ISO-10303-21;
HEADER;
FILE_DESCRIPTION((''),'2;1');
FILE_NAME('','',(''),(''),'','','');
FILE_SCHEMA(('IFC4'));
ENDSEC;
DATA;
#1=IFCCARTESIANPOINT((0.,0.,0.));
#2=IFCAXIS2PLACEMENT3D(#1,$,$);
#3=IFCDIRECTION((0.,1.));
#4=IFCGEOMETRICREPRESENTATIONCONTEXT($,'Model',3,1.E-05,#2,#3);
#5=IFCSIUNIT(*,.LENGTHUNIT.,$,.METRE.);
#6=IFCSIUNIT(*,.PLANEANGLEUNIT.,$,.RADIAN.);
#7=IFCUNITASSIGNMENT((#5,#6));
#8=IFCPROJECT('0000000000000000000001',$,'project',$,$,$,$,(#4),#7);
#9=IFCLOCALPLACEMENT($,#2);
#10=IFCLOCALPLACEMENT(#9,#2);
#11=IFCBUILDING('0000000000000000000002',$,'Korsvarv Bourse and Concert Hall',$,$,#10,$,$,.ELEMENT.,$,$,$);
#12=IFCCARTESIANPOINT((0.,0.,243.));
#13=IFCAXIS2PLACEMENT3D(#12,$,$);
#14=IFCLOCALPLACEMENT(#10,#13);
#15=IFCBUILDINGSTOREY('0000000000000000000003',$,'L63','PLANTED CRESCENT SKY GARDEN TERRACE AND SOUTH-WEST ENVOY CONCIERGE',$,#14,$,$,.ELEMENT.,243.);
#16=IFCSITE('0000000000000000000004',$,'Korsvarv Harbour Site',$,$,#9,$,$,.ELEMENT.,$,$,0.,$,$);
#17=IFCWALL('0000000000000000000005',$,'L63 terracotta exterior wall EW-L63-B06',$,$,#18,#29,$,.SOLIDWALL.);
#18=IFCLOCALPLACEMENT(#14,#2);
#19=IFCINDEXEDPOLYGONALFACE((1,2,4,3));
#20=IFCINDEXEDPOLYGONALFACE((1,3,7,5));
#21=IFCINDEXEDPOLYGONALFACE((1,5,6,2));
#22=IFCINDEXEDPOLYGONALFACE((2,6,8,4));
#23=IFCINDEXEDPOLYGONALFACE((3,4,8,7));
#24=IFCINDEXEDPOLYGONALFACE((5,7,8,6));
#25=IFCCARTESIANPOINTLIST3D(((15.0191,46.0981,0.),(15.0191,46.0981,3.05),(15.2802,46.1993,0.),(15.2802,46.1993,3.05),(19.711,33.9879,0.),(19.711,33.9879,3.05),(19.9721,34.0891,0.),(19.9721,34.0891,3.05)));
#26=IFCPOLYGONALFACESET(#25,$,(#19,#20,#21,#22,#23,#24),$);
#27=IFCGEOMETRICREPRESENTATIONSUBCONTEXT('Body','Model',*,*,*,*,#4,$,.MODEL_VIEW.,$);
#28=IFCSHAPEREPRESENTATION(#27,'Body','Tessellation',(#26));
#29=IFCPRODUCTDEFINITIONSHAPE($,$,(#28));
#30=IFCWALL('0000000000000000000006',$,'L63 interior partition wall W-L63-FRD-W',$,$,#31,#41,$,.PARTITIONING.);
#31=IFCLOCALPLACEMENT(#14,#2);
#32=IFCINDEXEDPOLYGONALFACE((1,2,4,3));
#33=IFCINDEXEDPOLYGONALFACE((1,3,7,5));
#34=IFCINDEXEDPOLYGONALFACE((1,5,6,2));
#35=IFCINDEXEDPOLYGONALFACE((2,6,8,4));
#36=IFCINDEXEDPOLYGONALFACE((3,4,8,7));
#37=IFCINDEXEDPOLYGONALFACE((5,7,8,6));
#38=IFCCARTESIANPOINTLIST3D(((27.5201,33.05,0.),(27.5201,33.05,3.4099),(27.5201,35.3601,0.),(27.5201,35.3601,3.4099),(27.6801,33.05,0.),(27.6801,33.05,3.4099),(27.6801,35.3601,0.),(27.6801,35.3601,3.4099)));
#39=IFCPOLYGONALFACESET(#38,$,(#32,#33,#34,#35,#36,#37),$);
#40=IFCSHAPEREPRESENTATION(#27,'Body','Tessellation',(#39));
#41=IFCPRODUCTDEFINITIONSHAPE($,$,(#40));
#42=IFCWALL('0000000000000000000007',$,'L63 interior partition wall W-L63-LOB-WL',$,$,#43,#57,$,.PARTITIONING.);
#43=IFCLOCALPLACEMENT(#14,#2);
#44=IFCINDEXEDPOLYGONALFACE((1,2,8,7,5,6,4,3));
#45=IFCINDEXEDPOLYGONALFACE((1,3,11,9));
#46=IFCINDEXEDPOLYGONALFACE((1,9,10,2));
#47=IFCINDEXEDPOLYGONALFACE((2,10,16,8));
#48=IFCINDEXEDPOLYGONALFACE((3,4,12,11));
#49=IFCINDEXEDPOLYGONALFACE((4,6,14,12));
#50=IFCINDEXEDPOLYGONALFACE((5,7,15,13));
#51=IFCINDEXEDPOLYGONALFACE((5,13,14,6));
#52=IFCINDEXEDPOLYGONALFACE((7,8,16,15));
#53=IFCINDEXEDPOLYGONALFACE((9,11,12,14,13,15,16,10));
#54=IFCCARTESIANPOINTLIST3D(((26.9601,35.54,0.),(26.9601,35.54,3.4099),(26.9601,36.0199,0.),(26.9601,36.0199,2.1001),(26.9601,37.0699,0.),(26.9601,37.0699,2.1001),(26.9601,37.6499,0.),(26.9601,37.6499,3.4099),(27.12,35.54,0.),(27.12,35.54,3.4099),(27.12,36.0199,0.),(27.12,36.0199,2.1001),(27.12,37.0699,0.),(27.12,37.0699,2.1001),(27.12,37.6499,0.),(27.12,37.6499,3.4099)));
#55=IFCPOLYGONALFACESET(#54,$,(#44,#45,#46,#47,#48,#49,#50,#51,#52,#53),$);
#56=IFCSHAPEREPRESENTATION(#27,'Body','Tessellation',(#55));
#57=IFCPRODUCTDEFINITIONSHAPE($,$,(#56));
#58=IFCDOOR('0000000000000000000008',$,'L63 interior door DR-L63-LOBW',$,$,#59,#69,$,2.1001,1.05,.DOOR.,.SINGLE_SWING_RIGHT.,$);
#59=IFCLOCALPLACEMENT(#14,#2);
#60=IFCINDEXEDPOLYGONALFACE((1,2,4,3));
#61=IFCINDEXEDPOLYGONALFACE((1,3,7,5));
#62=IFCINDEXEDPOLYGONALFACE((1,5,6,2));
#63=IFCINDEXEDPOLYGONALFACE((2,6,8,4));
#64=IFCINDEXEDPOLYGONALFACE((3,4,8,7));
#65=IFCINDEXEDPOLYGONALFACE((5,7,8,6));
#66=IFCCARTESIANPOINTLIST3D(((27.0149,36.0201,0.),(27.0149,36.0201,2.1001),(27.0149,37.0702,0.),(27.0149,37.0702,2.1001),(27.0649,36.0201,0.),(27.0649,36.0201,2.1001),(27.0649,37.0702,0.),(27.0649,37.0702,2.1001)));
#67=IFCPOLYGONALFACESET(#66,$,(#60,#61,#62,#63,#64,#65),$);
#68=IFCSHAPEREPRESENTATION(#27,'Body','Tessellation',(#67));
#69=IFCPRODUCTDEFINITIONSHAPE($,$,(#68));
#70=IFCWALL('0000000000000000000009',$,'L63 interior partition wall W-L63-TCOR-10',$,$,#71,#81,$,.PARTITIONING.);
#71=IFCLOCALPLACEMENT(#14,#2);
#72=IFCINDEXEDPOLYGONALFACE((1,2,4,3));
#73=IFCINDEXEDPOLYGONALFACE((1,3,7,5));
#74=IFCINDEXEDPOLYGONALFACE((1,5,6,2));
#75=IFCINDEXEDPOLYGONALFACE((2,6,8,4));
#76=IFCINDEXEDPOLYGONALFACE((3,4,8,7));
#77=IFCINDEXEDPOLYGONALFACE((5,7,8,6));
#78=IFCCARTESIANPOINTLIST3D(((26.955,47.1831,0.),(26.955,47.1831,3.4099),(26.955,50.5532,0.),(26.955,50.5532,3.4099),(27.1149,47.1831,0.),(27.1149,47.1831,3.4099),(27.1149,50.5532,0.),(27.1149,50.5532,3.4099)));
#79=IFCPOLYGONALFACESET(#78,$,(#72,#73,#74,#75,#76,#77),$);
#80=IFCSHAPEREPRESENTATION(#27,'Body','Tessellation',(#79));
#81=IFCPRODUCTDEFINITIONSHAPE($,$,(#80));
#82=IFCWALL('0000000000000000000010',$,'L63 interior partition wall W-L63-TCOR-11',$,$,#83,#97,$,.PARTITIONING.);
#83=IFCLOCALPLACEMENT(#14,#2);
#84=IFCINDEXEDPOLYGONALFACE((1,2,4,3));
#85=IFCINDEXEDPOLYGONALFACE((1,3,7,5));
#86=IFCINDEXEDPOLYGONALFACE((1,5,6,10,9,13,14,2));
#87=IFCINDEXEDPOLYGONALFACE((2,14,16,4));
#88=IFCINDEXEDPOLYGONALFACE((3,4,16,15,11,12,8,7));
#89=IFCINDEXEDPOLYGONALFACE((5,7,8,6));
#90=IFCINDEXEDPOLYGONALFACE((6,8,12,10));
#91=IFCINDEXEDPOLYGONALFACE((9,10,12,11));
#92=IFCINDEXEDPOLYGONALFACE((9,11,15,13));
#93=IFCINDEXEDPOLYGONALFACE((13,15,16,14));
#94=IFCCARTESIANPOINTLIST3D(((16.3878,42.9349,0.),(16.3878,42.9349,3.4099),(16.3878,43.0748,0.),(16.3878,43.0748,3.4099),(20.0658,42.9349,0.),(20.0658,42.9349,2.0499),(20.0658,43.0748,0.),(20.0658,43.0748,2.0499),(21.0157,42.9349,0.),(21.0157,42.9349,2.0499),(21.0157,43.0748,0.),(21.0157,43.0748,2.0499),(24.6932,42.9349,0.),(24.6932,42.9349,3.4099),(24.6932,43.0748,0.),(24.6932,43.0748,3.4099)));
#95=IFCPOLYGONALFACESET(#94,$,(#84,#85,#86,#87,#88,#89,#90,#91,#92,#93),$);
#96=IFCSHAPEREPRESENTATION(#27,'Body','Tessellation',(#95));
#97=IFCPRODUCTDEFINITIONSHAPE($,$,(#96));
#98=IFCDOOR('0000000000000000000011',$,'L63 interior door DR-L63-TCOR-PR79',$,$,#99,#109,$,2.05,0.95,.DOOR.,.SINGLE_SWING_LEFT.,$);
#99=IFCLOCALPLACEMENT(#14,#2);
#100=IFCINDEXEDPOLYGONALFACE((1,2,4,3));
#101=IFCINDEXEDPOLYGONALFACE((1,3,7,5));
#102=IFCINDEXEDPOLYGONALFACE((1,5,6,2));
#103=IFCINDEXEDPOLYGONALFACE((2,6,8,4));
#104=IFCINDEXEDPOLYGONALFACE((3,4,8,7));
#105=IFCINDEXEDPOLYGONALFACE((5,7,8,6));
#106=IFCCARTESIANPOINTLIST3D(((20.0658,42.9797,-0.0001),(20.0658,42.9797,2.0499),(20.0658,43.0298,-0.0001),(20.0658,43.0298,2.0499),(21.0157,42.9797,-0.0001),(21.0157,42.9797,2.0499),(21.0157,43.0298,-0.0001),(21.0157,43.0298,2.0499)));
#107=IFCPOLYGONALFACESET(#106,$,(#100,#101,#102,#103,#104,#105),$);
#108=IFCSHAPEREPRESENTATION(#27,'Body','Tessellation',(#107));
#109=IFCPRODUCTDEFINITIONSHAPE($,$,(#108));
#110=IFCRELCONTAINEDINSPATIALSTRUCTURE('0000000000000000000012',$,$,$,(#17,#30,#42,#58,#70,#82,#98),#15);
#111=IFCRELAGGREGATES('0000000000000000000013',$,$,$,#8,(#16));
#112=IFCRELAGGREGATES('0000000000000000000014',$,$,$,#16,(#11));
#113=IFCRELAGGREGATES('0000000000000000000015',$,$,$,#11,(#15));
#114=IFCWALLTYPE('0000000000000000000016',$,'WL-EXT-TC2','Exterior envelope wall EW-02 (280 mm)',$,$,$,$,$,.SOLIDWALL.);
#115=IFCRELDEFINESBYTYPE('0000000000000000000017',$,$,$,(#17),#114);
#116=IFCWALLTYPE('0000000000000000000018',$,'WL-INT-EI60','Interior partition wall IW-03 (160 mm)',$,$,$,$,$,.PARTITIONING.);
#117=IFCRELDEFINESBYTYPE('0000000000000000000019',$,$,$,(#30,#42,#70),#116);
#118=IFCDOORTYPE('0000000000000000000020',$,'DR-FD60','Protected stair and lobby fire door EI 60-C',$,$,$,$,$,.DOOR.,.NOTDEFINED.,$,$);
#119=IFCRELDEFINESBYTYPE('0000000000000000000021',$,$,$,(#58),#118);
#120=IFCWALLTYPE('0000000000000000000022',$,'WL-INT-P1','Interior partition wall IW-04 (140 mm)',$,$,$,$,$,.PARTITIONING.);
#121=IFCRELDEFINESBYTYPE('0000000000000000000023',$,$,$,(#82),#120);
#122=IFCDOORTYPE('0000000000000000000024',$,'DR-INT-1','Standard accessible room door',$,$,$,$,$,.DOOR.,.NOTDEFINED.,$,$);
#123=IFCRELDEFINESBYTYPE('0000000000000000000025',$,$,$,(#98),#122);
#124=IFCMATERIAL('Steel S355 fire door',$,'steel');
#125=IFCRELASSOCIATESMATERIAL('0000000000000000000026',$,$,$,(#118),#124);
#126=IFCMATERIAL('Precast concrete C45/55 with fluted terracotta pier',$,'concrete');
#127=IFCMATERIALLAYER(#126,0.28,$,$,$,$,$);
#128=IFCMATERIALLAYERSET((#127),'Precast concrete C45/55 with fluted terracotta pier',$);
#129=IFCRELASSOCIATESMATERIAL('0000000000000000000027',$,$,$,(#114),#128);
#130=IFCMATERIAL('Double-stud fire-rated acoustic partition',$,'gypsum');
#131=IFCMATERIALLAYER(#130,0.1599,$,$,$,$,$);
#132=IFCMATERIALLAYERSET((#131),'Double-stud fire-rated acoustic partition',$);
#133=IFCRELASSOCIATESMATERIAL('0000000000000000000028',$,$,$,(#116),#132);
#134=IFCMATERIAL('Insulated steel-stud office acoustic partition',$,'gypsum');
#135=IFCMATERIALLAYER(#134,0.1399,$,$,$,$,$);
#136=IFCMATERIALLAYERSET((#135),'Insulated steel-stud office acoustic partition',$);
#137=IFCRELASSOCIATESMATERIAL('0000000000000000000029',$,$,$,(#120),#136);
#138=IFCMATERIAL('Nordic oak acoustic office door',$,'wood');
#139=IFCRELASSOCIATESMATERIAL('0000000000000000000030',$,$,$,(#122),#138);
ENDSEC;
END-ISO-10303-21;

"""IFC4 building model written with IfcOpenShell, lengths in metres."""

from ifc_helpers import new_model, si_unit, direction, frame, frame_2d, origin, place, context, subcontext, project, spatial, rectangle, extrude, material, layer, layer_set, type_object, element, fill, save


model = new_model("IFC4")

# Units and contexts
model_context = context("Model", 3, precision=1e-05, world=origin(), true_north=direction((0.0, 1.0)))
body_context = subcontext(model_context, "Body", "Model", "MODEL_VIEW")
ifc_project = project(units=[si_unit("LENGTHUNIT", "METRE"), si_unit("PLANEANGLEUNIT", "RADIAN")], contexts=[model_context])

# Site, building, storey
site_placement = place(None, origin())
site = spatial("IfcSite", under=ifc_project, at=site_placement, Name="Korsvarv Harbour Site", CompositionType="ELEMENT", RefElevation=0.0)
building_placement = place(site_placement, origin())
building = spatial("IfcBuilding", under=site, at=building_placement, Name="Korsvarv Bourse and Concert Hall", CompositionType="ELEMENT")
storey_placement = place(building_placement, frame((0.0, 0.0, 243.0)))
storey = spatial("IfcBuildingStorey", under=building, at=storey_placement, Name="L63", Description="PLANTED CRESCENT SKY GARDEN TERRACE AND SOUTH-WEST ENVOY CONCIERGE", CompositionType="ELEMENT", Elevation=243.0)

# Shared definitions
ifc_material_1 = material(Name="Steel S355 fire door", Category="steel")
door_type_1 = type_object("IfcDoorType", Name="DR-FD60", Description="Protected stair and lobby fire door EI 60-C", OperationType="NOTDEFINED", PredefinedType="DOOR", material=ifc_material_1)

# Walls
ifc_material_2 = material(Name="Precast concrete C45/55 with fluted terracotta pier", Category="concrete")
ifc_layer_1 = layer(ifc_material_2, 0.28)
ifc_layer_set_1 = layer_set([ifc_layer_1], Name="Precast concrete C45/55 with fluted terracotta pier")
wall_type_1 = type_object("IfcWallType", Name="WL-EXT-TC2", Description="Exterior envelope wall EW-02 (280 mm)", PredefinedType="SOLIDWALL", material=ifc_layer_set_1)
wall_1_placement = place(storey_placement, frame((15.1497, 46.1487, 0.0), z_axis=(0.0, 0.0, 1.0), x_axis=(0.361269, -0.932461, 0.0)))
element("IfcWall", 1, at=wall_1_placement, inside=storey, type_object=wall_type_1, Name="L63 terracotta exterior wall EW-L63-B06", PredefinedType="SOLIDWALL", context=body_context, shape_type="SweptSolid", body=[
    extrude(rectangle(XDim=12.9873, YDim=0.28, at=frame_2d((6.4937, 0.0))), origin(), (0.0, 0.0, 1.0), 3.05),
])
ifc_material_3 = material(Name="Double-stud fire-rated acoustic partition", Category="gypsum")
ifc_layer_2 = layer(ifc_material_3, 0.1599)
ifc_layer_set_2 = layer_set([ifc_layer_2], Name="Double-stud fire-rated acoustic partition")
wall_type_2 = type_object("IfcWallType", Name="WL-INT-EI60", Description="Interior partition wall IW-03 (160 mm)", PredefinedType="PARTITIONING", material=ifc_layer_set_2)
wall_2_placement = place(storey_placement, frame((27.6001, 33.05, 0.0), z_axis=(0.0, 0.0, 1.0), x_axis=(0.0, 1.0, 0.0)))
element("IfcWall", 2, at=wall_2_placement, inside=storey, type_object=wall_type_2, Name="L63 interior partition wall W-L63-FRD-W", PredefinedType="PARTITIONING", context=body_context, shape_type="SweptSolid", body=[
    extrude(rectangle(XDim=2.3101, YDim=0.1599, at=frame_2d((1.155, 0.0))), origin(), (0.0, 0.0, 1.0), 3.4099),
])

# Wall, opening, door
wall_3_placement = place(storey_placement, frame((27.04, 35.54, 0.0), z_axis=(0.0, 0.0, 1.0), x_axis=(0.0, 1.0, 0.0)))
wall_3 = element("IfcWall", 3, at=wall_3_placement, inside=storey, type_object=wall_type_2, Name="L63 interior partition wall W-L63-LOB-WL", PredefinedType="PARTITIONING", context=body_context, shape_type="SweptSolid", body=[
    extrude(rectangle(XDim=2.1099, YDim=0.1599, at=frame_2d((1.0549, 0.0))), origin(), (0.0, 0.0, 1.0), 3.4099),
])
opening_1_placement = place(wall_3_placement, frame((0.48, 0.0, 0.0)))
opening_1 = element("IfcOpeningElement", 4, at=opening_1_placement, cuts=wall_3, PredefinedType="OPENING", context=body_context, shape_type="SweptSolid", body=[
    extrude(rectangle(XDim=1.05, YDim=2.1001, at=frame_2d((0.5249, 1.05))), frame((0.0, 0.0898, 0.0), z_axis=(0.0, -1.0, 0.0), x_axis=(1.0, 0.0, 0.0)), (0.0, 0.0, 1.0), 0.1799),
])
door_1_placement = place(opening_1_placement, frame((1.05, 0.0, 0.0), z_axis=(0.0, 0.0, 1.0), x_axis=(-1.0, 0.0, 0.0)))
door_1 = element("IfcDoor", 5, at=door_1_placement, inside=storey, type_object=door_type_1, Name="L63 interior door DR-L63-LOBW", OperationType="SINGLE_SWING_RIGHT", OverallHeight=2.1001, OverallWidth=1.05, PredefinedType="DOOR", context=body_context, shape_type="SweptSolid", body=[
    extrude(rectangle(XDim=1.05, YDim=2.1001, at=frame_2d((0.5249, 1.05))), frame((0.0, 0.0249, 0.0), z_axis=(0.0, -1.0, 0.0), x_axis=(1.0, 0.0, 0.0)), (0.0, 0.0, 1.0), 0.05),
])
fill(opening_1, door_1)

# Wall
wall_4_placement = place(storey_placement, frame((27.0349, 47.1831, 0.0), z_axis=(0.0, 0.0, 1.0), x_axis=(0.0, 1.0, 0.0)))
element("IfcWall", 6, at=wall_4_placement, inside=storey, type_object=wall_type_2, Name="L63 interior partition wall W-L63-TCOR-10", PredefinedType="PARTITIONING", context=body_context, shape_type="SweptSolid", body=[
    extrude(rectangle(XDim=3.3701, YDim=0.1599, at=frame_2d((1.6851, 0.0))), origin(), (0.0, 0.0, 1.0), 3.4099),
])

# Wall, opening, door
ifc_material_4 = material(Name="Insulated steel-stud office acoustic partition", Category="gypsum")
ifc_layer_3 = layer(ifc_material_4, 0.1399)
ifc_layer_set_3 = layer_set([ifc_layer_3], Name="Insulated steel-stud office acoustic partition")
wall_type_3 = type_object("IfcWallType", Name="WL-INT-P1", Description="Interior partition wall IW-04 (140 mm)", PredefinedType="PARTITIONING", material=ifc_layer_set_3)
wall_5_placement = place(storey_placement, frame((16.3877, 43.0049, 0.0), z_axis=(0.0, 0.0, 1.0), x_axis=(1.0, 0.0, 0.0)))
wall_5 = element("IfcWall", 7, at=wall_5_placement, inside=storey, type_object=wall_type_3, Name="L63 interior partition wall W-L63-TCOR-11", PredefinedType="PARTITIONING", context=body_context, shape_type="SweptSolid", body=[
    extrude(rectangle(XDim=8.3054, YDim=0.1399, at=frame_2d((4.1528, 0.0))), origin(), (0.0, 0.0, 1.0), 3.4099),
])
opening_2_placement = place(wall_5_placement, frame((3.678, 0.0, 0.0)))
opening_2 = element("IfcOpeningElement", 8, at=opening_2_placement, cuts=wall_5, PredefinedType="OPENING", context=body_context, shape_type="SweptSolid", body=[
    extrude(rectangle(XDim=0.95, YDim=2.05, at=frame_2d((0.4751, 1.0249))), frame((0.0, 0.0801, 0.0), z_axis=(0.0, -1.0, 0.0), x_axis=(1.0, 0.0, 0.0)), (0.0, 0.0, 1.0), 0.1599),
])
ifc_material_5 = material(Name="Nordic oak acoustic office door", Category="wood")
door_type_2 = type_object("IfcDoorType", Name="DR-INT-1", Description="Standard accessible room door", OperationType="NOTDEFINED", PredefinedType="DOOR", material=ifc_material_5)
door_2_placement = place(opening_2_placement, origin())
door_2 = element("IfcDoor", 9, at=door_2_placement, inside=storey, type_object=door_type_2, Name="L63 interior door DR-L63-TCOR-PR79", OperationType="SINGLE_SWING_LEFT", OverallHeight=2.05, OverallWidth=0.95, PredefinedType="DOOR", context=body_context, shape_type="SweptSolid", body=[
    extrude(rectangle(XDim=0.95, YDim=2.05, at=frame_2d((0.4751, 1.0249))), frame((0.0, 0.0249, 0.0), z_axis=(0.0, -1.0, 0.0), x_axis=(1.0, 0.0, 0.0)), (0.0, 0.0, 1.0), 0.05),
])
fill(opening_2, door_2)

save(model, "model.ifc")
